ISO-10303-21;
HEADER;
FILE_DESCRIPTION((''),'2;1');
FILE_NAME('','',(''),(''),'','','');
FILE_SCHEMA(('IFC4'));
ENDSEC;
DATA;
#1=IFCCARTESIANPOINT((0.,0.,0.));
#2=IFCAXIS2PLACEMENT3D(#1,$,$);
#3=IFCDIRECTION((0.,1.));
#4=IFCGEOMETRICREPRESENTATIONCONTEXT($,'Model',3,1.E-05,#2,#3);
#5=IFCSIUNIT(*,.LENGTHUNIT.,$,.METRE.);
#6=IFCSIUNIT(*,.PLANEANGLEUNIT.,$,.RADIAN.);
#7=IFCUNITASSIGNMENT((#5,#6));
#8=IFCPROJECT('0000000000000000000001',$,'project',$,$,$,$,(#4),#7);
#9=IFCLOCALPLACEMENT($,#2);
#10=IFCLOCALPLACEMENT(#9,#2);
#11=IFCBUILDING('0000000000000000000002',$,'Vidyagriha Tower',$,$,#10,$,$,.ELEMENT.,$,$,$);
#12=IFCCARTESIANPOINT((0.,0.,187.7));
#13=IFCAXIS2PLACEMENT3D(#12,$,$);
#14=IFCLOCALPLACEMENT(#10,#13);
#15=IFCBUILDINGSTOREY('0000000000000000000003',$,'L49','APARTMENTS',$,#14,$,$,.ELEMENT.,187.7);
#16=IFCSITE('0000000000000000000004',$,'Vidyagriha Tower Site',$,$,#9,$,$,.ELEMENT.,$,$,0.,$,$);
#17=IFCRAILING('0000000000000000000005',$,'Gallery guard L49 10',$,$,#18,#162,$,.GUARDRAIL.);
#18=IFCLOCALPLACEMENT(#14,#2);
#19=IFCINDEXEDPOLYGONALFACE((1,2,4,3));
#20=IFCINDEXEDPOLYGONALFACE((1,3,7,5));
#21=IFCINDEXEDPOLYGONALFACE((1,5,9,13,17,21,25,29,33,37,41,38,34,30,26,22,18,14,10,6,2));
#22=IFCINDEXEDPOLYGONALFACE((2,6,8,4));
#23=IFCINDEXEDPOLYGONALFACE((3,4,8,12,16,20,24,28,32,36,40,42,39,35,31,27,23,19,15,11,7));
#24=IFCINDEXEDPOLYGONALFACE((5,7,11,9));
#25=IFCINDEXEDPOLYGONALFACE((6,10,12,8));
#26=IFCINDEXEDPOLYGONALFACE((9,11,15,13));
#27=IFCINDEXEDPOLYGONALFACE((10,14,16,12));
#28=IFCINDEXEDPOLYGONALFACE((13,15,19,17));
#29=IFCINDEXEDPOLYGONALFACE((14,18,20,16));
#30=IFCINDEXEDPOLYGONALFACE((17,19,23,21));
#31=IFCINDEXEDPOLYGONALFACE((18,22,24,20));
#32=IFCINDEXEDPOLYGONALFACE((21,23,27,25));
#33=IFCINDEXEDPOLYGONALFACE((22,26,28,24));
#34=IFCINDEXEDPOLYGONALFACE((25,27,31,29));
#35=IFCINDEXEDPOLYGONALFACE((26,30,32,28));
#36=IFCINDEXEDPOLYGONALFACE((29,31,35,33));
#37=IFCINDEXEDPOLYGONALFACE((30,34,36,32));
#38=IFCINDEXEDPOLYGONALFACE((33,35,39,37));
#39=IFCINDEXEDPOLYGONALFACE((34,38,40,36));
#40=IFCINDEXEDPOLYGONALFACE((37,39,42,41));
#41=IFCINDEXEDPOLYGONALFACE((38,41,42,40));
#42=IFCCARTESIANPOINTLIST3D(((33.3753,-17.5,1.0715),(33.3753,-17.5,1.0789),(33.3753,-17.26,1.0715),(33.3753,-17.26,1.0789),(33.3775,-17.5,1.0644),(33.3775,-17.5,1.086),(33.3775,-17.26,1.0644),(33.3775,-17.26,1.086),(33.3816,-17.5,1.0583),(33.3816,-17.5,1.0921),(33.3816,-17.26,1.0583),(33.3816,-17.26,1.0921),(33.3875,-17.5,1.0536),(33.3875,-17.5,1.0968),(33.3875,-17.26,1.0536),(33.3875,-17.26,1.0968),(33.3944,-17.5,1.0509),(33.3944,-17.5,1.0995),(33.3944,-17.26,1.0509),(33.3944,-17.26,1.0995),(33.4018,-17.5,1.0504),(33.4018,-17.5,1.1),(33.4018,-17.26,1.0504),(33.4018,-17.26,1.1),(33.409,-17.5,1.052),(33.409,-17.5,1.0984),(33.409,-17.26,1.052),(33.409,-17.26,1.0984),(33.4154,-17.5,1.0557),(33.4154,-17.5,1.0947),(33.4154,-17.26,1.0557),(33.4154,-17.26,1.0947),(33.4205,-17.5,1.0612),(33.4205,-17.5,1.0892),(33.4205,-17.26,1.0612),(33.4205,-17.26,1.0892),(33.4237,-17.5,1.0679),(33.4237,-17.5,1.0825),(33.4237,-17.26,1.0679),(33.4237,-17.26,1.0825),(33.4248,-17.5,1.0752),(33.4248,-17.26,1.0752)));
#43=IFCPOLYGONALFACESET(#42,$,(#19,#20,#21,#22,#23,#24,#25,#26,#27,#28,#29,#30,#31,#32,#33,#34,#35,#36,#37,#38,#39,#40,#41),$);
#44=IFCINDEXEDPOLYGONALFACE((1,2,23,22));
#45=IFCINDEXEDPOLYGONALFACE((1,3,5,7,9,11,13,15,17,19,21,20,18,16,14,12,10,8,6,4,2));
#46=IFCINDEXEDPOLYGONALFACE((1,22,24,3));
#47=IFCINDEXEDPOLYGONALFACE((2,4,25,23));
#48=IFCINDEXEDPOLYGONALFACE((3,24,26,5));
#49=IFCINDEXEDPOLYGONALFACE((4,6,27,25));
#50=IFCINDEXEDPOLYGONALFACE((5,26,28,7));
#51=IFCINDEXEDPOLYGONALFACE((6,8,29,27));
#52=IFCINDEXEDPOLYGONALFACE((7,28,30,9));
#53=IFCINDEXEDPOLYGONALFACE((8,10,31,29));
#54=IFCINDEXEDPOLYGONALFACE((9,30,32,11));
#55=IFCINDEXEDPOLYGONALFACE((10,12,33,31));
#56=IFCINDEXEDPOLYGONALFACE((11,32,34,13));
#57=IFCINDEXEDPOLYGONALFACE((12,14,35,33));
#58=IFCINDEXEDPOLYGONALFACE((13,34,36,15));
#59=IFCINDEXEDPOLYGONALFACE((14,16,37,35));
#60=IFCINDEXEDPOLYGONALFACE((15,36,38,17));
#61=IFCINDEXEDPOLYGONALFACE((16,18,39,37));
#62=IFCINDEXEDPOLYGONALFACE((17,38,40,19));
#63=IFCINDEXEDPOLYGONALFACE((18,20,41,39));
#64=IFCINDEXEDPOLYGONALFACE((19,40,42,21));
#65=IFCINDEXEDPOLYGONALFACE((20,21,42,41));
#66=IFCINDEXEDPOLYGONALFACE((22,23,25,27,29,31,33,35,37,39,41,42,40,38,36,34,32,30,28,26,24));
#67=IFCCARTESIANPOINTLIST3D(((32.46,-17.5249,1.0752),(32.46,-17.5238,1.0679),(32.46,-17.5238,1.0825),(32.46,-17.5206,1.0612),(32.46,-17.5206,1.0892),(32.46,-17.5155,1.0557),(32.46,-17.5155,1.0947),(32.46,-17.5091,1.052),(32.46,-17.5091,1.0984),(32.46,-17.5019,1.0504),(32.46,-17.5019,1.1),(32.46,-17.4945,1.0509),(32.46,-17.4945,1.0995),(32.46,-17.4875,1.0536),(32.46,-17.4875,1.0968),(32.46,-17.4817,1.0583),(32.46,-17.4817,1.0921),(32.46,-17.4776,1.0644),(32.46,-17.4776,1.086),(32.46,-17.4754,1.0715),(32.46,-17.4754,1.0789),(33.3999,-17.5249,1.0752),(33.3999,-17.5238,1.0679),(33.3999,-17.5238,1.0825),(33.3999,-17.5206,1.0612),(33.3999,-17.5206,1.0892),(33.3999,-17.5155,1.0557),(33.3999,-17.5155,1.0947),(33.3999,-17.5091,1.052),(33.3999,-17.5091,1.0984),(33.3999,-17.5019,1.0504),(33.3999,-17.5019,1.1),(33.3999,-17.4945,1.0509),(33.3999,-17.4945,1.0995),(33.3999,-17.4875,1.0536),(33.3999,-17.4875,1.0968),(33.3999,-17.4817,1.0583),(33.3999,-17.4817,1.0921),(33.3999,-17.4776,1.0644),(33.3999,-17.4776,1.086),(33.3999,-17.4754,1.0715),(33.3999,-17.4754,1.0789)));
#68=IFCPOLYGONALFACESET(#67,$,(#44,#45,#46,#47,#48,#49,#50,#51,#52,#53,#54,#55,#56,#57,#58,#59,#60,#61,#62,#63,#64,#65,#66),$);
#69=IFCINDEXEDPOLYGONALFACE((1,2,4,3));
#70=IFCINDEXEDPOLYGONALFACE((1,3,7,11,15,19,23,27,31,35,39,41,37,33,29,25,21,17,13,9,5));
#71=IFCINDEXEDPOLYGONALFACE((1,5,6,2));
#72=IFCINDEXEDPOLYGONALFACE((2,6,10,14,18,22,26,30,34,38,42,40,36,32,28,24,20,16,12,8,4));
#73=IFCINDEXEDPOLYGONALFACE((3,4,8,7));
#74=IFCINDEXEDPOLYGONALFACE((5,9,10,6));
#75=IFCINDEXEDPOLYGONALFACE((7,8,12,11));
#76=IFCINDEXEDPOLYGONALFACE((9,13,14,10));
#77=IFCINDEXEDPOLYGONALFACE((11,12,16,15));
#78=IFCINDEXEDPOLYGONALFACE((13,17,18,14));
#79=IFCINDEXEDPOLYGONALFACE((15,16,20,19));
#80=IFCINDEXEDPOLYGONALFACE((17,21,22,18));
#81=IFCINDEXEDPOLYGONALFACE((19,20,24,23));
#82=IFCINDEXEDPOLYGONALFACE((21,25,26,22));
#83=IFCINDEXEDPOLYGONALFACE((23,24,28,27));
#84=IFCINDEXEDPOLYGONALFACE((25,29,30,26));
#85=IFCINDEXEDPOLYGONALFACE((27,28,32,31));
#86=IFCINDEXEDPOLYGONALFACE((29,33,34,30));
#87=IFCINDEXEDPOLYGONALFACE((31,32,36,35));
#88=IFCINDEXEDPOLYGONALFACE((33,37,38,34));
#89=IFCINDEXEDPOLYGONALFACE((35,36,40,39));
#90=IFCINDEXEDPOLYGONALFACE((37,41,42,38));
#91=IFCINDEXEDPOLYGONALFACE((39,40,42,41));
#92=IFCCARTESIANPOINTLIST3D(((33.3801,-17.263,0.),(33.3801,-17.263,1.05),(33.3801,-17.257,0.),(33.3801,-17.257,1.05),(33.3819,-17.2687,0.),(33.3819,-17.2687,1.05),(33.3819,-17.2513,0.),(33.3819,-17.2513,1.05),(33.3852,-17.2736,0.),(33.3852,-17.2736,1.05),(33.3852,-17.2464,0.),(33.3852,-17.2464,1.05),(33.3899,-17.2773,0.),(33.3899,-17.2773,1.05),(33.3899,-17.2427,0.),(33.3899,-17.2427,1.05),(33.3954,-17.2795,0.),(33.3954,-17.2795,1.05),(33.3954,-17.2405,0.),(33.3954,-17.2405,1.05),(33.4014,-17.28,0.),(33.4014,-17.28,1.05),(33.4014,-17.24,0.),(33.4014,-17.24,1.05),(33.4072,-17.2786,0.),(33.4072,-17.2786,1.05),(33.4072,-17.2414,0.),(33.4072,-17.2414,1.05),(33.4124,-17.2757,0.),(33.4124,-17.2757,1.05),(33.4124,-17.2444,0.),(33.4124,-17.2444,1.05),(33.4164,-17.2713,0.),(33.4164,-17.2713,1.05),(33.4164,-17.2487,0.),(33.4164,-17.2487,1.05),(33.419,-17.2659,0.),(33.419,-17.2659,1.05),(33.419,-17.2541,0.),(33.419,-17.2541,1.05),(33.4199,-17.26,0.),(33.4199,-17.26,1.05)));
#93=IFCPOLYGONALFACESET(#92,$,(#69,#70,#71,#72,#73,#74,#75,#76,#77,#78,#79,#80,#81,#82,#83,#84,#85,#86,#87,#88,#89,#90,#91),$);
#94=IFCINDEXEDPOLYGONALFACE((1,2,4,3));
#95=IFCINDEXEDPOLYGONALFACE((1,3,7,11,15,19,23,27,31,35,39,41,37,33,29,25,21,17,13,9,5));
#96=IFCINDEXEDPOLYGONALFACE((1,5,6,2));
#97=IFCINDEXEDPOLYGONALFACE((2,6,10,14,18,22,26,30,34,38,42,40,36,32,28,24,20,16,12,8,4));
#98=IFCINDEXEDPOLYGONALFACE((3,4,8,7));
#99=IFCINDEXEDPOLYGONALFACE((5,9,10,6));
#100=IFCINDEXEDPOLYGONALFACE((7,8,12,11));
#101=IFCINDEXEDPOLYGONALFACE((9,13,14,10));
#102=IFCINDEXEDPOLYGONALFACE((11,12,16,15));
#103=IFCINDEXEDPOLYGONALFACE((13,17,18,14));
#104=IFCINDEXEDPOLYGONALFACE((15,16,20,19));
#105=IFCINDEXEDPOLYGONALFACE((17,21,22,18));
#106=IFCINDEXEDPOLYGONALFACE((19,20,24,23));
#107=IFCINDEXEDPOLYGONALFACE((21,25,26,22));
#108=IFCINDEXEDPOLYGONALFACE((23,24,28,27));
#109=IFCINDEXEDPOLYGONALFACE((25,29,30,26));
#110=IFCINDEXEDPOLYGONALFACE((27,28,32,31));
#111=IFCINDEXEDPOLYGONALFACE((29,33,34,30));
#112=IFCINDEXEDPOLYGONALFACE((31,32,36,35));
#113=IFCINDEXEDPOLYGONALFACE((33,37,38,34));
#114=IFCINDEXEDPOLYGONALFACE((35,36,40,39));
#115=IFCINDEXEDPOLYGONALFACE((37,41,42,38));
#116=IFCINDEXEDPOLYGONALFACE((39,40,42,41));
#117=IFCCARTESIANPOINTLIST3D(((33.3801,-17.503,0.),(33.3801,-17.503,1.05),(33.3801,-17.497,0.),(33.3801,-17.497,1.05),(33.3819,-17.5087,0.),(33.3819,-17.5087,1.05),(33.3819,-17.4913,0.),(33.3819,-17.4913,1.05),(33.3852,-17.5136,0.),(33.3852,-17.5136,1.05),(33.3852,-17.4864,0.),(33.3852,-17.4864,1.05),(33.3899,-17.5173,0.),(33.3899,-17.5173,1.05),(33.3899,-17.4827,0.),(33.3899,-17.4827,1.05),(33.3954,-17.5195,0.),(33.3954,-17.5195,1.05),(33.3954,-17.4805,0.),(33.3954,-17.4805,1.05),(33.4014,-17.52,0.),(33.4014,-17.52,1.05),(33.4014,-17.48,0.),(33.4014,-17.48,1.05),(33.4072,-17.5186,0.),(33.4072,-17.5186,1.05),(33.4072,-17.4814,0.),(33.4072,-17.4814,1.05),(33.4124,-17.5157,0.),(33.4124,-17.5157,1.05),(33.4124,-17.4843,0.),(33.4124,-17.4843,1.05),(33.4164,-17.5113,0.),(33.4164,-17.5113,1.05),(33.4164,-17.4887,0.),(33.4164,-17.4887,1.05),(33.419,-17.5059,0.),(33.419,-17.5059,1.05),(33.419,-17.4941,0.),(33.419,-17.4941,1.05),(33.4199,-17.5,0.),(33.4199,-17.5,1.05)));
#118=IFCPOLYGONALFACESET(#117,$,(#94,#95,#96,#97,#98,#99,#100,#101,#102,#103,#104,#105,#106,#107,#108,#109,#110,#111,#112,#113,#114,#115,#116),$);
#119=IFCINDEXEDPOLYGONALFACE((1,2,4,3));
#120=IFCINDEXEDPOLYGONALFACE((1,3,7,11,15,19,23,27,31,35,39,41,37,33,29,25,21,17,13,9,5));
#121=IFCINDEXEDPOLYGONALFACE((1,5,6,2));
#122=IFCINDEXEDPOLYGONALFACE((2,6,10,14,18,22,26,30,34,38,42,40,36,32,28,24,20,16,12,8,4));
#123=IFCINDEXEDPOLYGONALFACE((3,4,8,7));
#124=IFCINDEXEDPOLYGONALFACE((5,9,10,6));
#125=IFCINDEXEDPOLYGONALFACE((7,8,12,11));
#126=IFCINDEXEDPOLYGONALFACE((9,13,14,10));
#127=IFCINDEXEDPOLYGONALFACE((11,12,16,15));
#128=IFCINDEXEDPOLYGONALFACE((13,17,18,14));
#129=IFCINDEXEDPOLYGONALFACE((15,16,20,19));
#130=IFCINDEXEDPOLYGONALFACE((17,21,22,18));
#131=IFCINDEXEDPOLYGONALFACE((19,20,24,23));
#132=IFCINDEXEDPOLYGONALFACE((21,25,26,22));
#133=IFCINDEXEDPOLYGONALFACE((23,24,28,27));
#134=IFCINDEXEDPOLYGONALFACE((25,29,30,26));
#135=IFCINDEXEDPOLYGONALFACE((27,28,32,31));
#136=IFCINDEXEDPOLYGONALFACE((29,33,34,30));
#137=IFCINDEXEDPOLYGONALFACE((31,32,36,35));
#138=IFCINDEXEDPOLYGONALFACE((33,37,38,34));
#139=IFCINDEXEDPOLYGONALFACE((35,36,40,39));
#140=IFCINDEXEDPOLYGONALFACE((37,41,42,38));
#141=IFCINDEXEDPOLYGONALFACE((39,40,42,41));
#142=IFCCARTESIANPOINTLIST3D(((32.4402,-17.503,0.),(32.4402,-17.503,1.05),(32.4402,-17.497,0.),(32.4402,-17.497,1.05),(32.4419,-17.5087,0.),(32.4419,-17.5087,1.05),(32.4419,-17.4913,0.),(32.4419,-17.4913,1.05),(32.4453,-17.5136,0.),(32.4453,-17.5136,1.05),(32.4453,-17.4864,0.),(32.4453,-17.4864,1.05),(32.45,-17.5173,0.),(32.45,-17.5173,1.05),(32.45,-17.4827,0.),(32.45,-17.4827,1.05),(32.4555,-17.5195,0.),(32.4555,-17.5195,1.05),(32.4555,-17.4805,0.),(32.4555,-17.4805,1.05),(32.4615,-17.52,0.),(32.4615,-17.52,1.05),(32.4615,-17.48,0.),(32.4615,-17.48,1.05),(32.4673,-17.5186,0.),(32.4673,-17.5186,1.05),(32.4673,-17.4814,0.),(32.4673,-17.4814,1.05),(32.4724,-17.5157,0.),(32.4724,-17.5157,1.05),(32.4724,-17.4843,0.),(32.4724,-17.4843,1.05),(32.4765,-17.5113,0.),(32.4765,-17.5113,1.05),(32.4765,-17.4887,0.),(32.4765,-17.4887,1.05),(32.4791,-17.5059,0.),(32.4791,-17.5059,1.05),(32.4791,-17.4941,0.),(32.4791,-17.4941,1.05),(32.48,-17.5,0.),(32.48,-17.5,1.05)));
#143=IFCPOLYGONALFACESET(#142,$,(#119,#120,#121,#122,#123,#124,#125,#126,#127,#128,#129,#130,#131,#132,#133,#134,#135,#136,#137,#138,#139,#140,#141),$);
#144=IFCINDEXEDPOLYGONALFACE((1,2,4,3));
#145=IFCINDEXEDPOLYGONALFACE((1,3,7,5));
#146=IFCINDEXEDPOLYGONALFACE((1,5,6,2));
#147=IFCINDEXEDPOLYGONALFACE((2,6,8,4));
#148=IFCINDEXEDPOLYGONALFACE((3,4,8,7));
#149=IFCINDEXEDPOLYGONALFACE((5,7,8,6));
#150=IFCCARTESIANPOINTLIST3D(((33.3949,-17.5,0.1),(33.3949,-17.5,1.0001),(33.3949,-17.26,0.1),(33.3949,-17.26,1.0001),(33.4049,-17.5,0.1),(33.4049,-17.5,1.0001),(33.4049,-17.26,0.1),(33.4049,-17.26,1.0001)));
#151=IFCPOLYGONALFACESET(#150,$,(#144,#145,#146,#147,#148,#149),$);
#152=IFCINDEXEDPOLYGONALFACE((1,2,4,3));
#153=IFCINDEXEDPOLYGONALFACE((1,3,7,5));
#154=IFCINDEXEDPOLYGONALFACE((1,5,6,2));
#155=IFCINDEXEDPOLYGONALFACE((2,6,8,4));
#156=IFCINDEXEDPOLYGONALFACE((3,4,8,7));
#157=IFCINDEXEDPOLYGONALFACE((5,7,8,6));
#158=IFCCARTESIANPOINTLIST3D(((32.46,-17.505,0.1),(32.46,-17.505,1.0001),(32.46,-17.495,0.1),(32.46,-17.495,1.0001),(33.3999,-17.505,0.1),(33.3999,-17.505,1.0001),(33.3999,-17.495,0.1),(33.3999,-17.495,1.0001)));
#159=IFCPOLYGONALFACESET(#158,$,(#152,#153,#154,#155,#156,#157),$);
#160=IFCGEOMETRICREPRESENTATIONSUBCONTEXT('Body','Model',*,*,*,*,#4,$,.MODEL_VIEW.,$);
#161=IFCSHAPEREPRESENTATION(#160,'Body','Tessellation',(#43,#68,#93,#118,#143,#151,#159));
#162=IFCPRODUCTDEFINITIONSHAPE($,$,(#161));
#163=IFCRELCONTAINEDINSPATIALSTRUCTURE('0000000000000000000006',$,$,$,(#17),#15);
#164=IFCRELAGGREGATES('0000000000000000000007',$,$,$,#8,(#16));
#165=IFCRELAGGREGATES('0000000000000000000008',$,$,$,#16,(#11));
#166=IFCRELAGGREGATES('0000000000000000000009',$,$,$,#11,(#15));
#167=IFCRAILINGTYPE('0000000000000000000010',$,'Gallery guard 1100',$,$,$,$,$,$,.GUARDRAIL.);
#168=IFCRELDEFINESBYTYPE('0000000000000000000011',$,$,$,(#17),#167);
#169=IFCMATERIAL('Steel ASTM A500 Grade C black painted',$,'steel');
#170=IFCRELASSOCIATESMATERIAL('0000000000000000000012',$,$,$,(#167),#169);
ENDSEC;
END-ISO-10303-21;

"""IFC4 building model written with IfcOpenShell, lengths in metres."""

from ifc_helpers import new_model, si_unit, direction, frame, origin, origin_2d, place, context, subcontext, project, spatial, rectangle, circle, extrude, material, type_object, element, save


model = new_model("IFC4")

# Units and contexts
model_context = context("Model", 3, precision=1e-05, world=origin(), true_north=direction((0.0, 1.0)))
body_context = subcontext(model_context, "Body", "Model", "MODEL_VIEW")
ifc_project = project(units=[si_unit("LENGTHUNIT", "METRE"), si_unit("PLANEANGLEUNIT", "RADIAN")], contexts=[model_context])

# Site, building, storey
site_placement = place(None, origin())
site = spatial("IfcSite", under=ifc_project, at=site_placement, Name="Vidyagriha Tower Site", CompositionType="ELEMENT", RefElevation=0.0)
building_placement = place(site_placement, origin())
building = spatial("IfcBuilding", under=site, at=building_placement, Name="Vidyagriha Tower", CompositionType="ELEMENT")
storey_placement = place(building_placement, frame((0.0, 0.0, 187.7)))
storey = spatial("IfcBuildingStorey", under=building, at=storey_placement, Name="L49", Description="APARTMENTS", CompositionType="ELEMENT", Elevation=187.7)

# Railing
ifc_material_1 = material(Name="Steel ASTM A500 Grade C black painted", Category="steel")
railing_type_1 = type_object("IfcRailingType", Name="Gallery guard 1100", PredefinedType="GUARDRAIL", material=ifc_material_1)
railing_1_placement = place(storey_placement, frame((33.3999, -17.26, 0.0)))
element("IfcRailing", 1, at=railing_1_placement, inside=storey, type_object=railing_type_1, Name="Gallery guard L49 10", PredefinedType="GUARDRAIL", context=body_context, shape_type="SweptSolid", body=[
    extrude(circle(Radius=0.0249, at=origin_2d()), frame((0.0, 0.0, 1.0752), z_axis=(0.0, -1.0, 0.0), x_axis=(1.0, 0.0, 0.0)), (0.0, 0.0, 1.0), 0.24),
    extrude(circle(Radius=0.0249, at=origin_2d()), frame((0.0, -0.24, 1.0752), z_axis=(-1.0, 0.0, 0.0), x_axis=(0.0, -1.0, 0.0)), (0.0, 0.0, 1.0), 0.9399),
    extrude(circle(Radius=0.02, at=origin_2d()), origin(), (0.0, 0.0, 1.0), 1.05),
    extrude(circle(Radius=0.02, at=origin_2d()), frame((0.0, -0.24, 0.0)), (0.0, 0.0, 1.0), 1.05),
    extrude(circle(Radius=0.02, at=origin_2d()), frame((-0.9399, -0.24, 0.0)), (0.0, 0.0, 1.0), 1.05),
    extrude(rectangle(XDim=0.01, YDim=0.9001, at=origin_2d()), frame((0.0, 0.0, 0.55), z_axis=(0.0, -1.0, 0.0), x_axis=(1.0, 0.0, 0.0)), (0.0, 0.0, 1.0), 0.24),
    extrude(rectangle(XDim=0.01, YDim=0.9001, at=origin_2d()), frame((0.0, -0.24, 0.55), z_axis=(-1.0, 0.0, 0.0), x_axis=(0.0, -1.0, 0.0)), (0.0, 0.0, 1.0), 0.9399),
])

save(model, "model.ifc")
